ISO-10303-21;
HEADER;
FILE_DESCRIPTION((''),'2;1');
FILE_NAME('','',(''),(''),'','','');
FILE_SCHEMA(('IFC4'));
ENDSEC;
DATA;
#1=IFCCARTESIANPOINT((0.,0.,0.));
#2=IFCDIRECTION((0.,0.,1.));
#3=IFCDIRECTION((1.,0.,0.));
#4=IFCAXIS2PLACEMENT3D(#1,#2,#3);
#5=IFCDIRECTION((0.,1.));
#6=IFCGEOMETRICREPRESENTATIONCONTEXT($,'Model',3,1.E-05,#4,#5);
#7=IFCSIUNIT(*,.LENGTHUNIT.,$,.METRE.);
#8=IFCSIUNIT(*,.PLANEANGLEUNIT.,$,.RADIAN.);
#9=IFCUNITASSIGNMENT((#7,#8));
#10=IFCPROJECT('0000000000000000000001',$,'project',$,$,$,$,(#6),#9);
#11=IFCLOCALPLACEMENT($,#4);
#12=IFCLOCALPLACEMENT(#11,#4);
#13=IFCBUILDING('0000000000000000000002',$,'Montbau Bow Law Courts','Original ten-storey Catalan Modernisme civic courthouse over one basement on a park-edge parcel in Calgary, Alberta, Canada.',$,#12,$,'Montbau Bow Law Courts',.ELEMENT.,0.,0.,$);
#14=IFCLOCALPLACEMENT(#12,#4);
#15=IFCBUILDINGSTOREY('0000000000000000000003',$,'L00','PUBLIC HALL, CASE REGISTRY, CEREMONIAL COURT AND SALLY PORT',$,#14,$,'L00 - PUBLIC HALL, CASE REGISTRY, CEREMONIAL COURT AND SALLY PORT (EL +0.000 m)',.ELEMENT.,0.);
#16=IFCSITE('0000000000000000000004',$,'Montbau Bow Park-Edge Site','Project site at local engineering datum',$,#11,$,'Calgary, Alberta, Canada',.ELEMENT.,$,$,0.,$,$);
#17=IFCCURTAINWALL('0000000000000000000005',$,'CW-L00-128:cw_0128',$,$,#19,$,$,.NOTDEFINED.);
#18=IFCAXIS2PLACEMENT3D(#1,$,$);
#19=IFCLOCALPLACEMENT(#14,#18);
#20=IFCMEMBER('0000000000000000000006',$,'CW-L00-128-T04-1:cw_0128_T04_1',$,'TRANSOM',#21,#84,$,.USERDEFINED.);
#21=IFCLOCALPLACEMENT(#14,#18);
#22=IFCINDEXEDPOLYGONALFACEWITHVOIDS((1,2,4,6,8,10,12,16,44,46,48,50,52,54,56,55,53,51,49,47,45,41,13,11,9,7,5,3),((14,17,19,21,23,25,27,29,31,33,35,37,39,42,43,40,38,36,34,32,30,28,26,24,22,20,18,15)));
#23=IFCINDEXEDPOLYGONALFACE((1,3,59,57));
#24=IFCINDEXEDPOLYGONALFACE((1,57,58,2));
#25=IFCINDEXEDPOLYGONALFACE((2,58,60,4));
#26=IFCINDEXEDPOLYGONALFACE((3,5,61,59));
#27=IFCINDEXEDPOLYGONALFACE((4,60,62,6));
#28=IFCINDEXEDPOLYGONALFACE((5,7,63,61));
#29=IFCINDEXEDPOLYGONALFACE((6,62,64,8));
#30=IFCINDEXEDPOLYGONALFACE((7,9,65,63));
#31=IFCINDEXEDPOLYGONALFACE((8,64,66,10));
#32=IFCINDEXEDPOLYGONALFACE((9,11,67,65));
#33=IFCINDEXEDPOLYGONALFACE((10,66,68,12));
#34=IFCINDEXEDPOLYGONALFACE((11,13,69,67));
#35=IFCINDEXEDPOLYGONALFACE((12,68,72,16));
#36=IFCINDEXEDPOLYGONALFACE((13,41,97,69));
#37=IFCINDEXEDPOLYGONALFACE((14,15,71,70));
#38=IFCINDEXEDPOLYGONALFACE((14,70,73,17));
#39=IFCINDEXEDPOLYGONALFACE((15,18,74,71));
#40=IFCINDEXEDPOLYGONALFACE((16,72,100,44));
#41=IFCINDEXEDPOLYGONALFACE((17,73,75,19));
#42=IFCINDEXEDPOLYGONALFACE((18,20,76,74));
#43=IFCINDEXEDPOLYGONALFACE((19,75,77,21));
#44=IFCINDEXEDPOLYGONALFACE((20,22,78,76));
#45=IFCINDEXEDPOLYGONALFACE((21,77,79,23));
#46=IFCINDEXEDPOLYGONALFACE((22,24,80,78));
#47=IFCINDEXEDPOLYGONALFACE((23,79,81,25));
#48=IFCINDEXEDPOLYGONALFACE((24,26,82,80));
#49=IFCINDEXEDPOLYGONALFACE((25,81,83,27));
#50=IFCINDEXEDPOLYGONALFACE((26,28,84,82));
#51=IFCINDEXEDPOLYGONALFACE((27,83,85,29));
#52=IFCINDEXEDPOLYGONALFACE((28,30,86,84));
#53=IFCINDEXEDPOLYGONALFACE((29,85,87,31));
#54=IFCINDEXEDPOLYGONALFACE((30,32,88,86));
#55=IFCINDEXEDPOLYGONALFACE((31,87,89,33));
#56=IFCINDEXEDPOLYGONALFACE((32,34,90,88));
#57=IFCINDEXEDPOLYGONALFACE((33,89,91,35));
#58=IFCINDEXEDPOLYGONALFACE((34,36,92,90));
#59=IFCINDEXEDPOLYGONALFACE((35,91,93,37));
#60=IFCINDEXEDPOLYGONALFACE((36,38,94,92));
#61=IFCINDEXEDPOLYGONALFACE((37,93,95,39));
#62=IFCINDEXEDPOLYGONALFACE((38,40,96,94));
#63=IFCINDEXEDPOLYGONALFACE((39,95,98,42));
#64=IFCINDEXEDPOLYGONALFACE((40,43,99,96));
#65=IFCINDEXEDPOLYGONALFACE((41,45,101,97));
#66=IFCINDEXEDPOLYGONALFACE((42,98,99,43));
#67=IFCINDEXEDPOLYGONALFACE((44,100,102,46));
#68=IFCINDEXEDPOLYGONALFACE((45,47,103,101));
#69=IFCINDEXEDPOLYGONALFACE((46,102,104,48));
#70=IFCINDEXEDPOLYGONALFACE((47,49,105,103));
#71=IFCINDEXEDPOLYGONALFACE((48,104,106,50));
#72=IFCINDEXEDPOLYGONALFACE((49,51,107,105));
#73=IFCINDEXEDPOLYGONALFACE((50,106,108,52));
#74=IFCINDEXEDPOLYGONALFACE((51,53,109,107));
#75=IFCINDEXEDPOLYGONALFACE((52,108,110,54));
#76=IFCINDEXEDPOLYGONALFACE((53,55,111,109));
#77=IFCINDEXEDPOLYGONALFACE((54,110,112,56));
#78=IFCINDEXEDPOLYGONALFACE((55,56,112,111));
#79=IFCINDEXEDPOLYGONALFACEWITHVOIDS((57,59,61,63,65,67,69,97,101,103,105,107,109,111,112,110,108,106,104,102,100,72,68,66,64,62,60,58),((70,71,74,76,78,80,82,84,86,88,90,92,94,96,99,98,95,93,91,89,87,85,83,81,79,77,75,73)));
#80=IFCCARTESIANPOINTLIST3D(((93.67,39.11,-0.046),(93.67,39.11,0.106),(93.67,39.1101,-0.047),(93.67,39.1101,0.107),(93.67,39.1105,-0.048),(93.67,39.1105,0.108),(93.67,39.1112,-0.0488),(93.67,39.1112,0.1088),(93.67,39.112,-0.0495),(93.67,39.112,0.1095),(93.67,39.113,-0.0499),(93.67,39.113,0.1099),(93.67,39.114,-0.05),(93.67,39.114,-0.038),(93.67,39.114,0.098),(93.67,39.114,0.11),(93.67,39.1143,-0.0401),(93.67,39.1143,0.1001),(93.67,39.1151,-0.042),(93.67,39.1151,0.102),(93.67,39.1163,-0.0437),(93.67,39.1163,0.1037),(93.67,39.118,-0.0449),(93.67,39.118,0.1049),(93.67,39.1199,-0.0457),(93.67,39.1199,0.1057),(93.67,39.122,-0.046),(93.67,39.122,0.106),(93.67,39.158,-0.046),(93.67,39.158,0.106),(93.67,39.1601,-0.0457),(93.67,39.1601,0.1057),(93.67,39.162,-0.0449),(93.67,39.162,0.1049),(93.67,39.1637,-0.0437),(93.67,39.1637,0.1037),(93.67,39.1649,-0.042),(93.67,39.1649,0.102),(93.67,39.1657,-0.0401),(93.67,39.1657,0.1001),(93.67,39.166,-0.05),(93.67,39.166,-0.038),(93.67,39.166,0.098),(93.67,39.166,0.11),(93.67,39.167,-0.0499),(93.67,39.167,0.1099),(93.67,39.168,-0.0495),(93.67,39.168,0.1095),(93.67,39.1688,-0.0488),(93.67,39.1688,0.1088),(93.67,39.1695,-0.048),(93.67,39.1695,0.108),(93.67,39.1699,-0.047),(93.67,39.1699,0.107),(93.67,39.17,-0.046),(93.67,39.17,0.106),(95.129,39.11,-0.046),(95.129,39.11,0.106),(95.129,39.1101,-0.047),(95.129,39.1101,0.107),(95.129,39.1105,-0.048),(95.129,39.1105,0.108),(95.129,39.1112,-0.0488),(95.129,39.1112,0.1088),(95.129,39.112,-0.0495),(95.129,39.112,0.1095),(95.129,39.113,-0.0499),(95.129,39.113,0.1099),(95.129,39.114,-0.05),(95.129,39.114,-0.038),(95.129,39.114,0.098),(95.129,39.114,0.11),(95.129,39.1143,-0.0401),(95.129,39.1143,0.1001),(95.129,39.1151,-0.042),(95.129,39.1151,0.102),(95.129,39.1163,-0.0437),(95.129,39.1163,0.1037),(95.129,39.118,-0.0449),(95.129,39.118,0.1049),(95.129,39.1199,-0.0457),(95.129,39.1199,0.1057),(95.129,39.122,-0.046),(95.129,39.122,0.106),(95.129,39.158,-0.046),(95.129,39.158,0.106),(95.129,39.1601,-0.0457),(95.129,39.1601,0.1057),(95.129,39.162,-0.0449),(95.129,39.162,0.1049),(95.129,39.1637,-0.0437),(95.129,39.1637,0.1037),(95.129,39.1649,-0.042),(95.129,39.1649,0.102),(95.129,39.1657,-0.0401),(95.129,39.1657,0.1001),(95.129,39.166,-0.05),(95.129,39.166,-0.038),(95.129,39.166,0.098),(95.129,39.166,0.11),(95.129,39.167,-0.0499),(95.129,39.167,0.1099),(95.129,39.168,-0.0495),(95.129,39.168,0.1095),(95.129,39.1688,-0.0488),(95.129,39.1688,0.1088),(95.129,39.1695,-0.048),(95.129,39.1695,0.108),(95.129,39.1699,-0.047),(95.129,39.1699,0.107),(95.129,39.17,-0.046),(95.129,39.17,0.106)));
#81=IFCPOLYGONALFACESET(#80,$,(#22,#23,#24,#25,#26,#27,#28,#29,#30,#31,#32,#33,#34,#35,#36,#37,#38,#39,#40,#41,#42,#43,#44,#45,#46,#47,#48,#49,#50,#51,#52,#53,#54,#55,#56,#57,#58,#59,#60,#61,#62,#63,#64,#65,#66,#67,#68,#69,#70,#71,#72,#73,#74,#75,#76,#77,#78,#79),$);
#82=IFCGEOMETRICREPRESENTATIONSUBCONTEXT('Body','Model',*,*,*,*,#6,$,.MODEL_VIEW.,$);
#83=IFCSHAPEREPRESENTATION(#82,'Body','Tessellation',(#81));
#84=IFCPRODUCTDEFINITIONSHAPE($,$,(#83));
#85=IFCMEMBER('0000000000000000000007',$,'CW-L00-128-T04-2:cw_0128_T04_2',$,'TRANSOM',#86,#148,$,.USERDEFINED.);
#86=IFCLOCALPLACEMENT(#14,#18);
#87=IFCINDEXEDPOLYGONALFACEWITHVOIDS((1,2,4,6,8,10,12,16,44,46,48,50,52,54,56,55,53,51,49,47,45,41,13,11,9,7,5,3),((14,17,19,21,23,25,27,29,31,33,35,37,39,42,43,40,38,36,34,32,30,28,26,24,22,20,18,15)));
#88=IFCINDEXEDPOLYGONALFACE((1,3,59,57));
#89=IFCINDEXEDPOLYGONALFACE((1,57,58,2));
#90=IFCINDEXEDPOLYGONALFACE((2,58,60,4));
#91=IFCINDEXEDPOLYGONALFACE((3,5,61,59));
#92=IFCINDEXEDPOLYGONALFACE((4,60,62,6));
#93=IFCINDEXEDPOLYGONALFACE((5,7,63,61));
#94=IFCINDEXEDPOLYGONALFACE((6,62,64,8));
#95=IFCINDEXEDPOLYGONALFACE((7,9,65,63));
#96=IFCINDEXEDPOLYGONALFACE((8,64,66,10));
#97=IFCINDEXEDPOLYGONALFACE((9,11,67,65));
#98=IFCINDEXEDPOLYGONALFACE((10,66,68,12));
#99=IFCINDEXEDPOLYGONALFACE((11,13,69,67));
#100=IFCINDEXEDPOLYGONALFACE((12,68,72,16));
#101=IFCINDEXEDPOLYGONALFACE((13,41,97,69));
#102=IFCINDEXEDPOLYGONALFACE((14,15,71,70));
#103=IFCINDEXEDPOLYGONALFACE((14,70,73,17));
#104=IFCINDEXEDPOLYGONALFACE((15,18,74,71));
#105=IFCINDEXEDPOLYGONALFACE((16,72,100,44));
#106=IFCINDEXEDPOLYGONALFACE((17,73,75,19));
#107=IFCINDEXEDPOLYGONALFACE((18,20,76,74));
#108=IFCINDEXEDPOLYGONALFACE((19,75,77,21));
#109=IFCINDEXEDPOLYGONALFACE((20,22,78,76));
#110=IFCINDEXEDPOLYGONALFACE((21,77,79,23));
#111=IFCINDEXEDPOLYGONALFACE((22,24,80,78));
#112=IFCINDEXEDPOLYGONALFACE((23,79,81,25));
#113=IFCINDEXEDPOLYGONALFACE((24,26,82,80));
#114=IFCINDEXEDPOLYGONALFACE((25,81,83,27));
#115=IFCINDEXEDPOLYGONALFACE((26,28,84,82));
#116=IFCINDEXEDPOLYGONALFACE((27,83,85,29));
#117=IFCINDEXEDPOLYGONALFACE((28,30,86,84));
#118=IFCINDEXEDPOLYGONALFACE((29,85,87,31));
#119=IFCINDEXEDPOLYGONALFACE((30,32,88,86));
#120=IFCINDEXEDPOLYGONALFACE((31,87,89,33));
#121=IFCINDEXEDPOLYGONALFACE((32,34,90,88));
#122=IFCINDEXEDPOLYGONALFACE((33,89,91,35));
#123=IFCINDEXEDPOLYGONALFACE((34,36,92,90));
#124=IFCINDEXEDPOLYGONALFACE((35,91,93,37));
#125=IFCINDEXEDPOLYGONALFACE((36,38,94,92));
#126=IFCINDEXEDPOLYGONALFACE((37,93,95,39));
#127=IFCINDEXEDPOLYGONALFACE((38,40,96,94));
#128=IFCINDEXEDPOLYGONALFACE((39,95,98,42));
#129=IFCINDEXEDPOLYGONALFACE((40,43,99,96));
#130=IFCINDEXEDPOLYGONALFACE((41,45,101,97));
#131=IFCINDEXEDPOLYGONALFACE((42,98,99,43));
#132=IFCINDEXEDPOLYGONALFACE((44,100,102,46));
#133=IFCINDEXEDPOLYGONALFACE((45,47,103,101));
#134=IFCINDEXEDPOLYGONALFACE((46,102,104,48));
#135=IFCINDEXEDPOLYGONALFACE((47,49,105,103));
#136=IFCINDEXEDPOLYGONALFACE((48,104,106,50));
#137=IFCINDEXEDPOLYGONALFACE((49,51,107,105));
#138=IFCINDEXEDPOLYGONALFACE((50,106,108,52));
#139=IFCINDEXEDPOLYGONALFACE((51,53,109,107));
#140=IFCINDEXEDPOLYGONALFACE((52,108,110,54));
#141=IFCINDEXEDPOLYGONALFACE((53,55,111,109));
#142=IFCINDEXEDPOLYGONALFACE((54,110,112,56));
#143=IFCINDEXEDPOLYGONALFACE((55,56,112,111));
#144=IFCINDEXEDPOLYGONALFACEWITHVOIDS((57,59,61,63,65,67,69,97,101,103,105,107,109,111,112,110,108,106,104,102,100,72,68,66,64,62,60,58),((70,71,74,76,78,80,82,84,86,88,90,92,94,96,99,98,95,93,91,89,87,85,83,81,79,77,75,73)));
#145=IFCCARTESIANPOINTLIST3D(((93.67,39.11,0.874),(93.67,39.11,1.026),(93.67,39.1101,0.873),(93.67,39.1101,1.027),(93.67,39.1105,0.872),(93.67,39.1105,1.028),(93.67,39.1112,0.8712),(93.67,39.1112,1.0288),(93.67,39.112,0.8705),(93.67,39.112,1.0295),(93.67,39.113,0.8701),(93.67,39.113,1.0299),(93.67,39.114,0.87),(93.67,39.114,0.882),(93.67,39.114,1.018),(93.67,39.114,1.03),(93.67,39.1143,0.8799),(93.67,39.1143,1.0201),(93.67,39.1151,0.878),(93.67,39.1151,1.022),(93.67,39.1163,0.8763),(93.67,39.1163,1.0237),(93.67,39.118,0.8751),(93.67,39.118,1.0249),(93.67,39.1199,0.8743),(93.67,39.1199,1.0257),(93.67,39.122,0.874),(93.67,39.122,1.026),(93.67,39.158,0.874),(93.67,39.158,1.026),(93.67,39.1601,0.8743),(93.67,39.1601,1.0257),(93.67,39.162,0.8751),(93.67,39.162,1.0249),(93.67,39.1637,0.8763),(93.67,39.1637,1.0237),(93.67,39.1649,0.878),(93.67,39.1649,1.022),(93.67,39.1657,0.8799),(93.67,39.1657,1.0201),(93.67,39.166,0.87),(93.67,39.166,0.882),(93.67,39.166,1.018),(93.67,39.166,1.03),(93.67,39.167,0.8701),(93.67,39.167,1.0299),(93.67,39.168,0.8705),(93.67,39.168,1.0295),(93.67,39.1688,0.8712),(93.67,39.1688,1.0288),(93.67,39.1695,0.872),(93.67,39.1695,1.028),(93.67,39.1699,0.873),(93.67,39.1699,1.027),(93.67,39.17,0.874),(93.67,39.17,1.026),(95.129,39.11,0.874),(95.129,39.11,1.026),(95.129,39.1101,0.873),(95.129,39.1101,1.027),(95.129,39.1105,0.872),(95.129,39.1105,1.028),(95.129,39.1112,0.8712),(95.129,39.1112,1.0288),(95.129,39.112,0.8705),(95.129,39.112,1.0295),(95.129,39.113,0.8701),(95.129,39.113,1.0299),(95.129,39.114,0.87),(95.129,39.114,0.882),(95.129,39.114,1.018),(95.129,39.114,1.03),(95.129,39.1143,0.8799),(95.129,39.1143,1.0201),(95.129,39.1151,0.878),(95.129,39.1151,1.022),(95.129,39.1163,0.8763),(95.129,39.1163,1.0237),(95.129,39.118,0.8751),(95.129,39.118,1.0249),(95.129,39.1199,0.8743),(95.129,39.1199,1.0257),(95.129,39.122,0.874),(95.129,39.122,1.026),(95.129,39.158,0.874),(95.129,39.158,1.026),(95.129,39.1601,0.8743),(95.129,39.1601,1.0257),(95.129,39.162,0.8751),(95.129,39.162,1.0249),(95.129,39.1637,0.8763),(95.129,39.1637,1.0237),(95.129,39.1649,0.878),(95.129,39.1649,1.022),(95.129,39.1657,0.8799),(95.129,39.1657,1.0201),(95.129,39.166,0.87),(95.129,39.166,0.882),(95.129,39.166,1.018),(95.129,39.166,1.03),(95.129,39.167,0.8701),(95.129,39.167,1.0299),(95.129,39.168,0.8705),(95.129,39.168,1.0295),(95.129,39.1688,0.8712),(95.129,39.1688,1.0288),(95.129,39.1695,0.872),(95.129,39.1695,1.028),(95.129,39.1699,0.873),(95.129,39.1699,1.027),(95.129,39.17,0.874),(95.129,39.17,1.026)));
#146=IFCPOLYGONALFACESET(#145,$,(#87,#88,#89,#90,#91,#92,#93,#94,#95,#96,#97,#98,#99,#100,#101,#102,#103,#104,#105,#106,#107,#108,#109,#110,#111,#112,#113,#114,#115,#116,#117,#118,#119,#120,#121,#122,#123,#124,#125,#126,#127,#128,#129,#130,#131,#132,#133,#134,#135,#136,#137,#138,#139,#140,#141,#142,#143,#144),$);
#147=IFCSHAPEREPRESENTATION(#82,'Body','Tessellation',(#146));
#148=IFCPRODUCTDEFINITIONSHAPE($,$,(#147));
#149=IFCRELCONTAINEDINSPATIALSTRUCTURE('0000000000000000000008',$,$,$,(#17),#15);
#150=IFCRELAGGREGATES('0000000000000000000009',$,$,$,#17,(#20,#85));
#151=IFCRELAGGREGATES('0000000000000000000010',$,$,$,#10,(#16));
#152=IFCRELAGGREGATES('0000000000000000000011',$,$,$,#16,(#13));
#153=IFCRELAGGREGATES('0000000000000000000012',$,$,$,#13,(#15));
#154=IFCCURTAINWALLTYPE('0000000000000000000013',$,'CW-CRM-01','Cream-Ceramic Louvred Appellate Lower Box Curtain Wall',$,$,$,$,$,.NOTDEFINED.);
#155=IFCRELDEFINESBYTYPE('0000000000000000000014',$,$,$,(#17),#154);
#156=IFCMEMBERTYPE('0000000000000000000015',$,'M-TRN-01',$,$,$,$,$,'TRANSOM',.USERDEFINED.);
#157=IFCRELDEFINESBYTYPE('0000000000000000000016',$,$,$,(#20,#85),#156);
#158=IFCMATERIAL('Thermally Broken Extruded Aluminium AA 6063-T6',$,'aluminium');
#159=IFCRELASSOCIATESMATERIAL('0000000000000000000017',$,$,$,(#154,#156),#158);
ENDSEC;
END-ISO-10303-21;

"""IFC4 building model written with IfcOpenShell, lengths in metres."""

from ifc_helpers import new_model, si_unit, direction, frame, origin_with_axes, origin_2d_with_axis, place, context, subcontext, project, spatial, hollow_rectangle, extrude, material, material_profile, profile_set, type_object, element, aggregate, save


model = new_model("IFC4")

# Units and contexts
model_context = context("Model", 3, precision=1e-05, world=origin_with_axes(), true_north=direction((0.0, 1.0)))
body_context = subcontext(model_context, "Body", "Model", "MODEL_VIEW")
ifc_project = project(units=[si_unit("LENGTHUNIT", "METRE"), si_unit("PLANEANGLEUNIT", "RADIAN")], contexts=[model_context])

# Site, building, storey
site_placement = place(None, origin_with_axes())
site = spatial("IfcSite", under=ifc_project, at=site_placement, Name="Montbau Bow Park-Edge Site", Description="Project site at local engineering datum", LongName="Calgary, Alberta, Canada", CompositionType="ELEMENT", RefElevation=0.0)
building_placement = place(site_placement, origin_with_axes())
building = spatial("IfcBuilding", under=site, at=building_placement, Name="Montbau Bow Law Courts", Description="Original ten-storey Catalan Modernisme civic courthouse over one basement on a park-edge parcel in Calgary, Alberta, Canada.", LongName="Montbau Bow Law Courts", CompositionType="ELEMENT", ElevationOfRefHeight=0.0, ElevationOfTerrain=0.0)
storey_placement = place(building_placement, origin_with_axes())
storey = spatial("IfcBuildingStorey", under=building, at=storey_placement, Name="L00", Description="PUBLIC HALL, CASE REGISTRY, CEREMONIAL COURT AND SALLY PORT", LongName="L00 - PUBLIC HALL, CASE REGISTRY, CEREMONIAL COURT AND SALLY PORT (EL +0.000 m)", CompositionType="ELEMENT", Elevation=0.0)

# Curtain wall, members
ifc_material_1 = material(Name="Thermally Broken Extruded Aluminium AA 6063-T6", Category="aluminium")
curtain_wall_type = type_object("IfcCurtainWallType", Name="CW-CRM-01", Description="Cream-Ceramic Louvred Appellate Lower Box Curtain Wall", PredefinedType="NOTDEFINED", material=ifc_material_1)
curtain_wall_placement = place(None, frame((89.067, 39.14, 0.0), z_axis=(0.0, 0.0, 1.0), x_axis=(1.0, 0.0, 0.0)))
curtain_wall = element("IfcCurtainWall", 1, at=curtain_wall_placement, inside=storey, type_object=curtain_wall_type, Name="CW-L00-128:cw_0128", PredefinedType="NOTDEFINED")
ifc_material_profile_1 = material_profile(ifc_material_1, hollow_rectangle(XDim=0.06, YDim=0.16, WallThickness=0.004, InnerFilletRadius=0.008, OuterFilletRadius=0.004, at=origin_2d_with_axis()), Name="CWT-160X60", Category="Main", Priority=0)
ifc_profile_set_1 = profile_set([ifc_material_profile_1], Name="Thermally Broken Extruded Aluminium AA 6063-T6")
member_type_1 = type_object("IfcMemberType", Name="M-TRN-01", ElementType="TRANSOM", PredefinedType="USERDEFINED", material=ifc_profile_set_1)
member_1_placement = place(None, frame((93.67, 39.14, 0.03), z_axis=(1.0, 0.0, 0.0), x_axis=(0.0, 1.0, 0.0)))
member_1 = element("IfcMember", 2, at=member_1_placement, type_object=member_type_1, Name="CW-L00-128-T04-1:cw_0128_T04_1", ObjectType="TRANSOM", PredefinedType="USERDEFINED", context=body_context, shape_type="SweptSolid", body=[
    extrude(hollow_rectangle(XDim=0.06, YDim=0.16, WallThickness=0.004, InnerFilletRadius=0.008, OuterFilletRadius=0.004, at=origin_2d_with_axis()), origin_with_axes(), (0.0, 0.0, 1.0), 1.459),
])
member_2_placement = place(None, frame((93.67, 39.14, 0.95), z_axis=(1.0, 0.0, 0.0), x_axis=(0.0, 1.0, 0.0)))
member_2 = element("IfcMember", 3, at=member_2_placement, type_object=member_type_1, Name="CW-L00-128-T04-2:cw_0128_T04_2", ObjectType="TRANSOM", PredefinedType="USERDEFINED", context=body_context, shape_type="SweptSolid", body=[
    extrude(hollow_rectangle(XDim=0.06, YDim=0.16, WallThickness=0.004, InnerFilletRadius=0.008, OuterFilletRadius=0.004, at=origin_2d_with_axis()), origin_with_axes(), (0.0, 0.0, 1.0), 1.459),
])
aggregate(curtain_wall, [member_1, member_2])

save(model, "model.ifc")
